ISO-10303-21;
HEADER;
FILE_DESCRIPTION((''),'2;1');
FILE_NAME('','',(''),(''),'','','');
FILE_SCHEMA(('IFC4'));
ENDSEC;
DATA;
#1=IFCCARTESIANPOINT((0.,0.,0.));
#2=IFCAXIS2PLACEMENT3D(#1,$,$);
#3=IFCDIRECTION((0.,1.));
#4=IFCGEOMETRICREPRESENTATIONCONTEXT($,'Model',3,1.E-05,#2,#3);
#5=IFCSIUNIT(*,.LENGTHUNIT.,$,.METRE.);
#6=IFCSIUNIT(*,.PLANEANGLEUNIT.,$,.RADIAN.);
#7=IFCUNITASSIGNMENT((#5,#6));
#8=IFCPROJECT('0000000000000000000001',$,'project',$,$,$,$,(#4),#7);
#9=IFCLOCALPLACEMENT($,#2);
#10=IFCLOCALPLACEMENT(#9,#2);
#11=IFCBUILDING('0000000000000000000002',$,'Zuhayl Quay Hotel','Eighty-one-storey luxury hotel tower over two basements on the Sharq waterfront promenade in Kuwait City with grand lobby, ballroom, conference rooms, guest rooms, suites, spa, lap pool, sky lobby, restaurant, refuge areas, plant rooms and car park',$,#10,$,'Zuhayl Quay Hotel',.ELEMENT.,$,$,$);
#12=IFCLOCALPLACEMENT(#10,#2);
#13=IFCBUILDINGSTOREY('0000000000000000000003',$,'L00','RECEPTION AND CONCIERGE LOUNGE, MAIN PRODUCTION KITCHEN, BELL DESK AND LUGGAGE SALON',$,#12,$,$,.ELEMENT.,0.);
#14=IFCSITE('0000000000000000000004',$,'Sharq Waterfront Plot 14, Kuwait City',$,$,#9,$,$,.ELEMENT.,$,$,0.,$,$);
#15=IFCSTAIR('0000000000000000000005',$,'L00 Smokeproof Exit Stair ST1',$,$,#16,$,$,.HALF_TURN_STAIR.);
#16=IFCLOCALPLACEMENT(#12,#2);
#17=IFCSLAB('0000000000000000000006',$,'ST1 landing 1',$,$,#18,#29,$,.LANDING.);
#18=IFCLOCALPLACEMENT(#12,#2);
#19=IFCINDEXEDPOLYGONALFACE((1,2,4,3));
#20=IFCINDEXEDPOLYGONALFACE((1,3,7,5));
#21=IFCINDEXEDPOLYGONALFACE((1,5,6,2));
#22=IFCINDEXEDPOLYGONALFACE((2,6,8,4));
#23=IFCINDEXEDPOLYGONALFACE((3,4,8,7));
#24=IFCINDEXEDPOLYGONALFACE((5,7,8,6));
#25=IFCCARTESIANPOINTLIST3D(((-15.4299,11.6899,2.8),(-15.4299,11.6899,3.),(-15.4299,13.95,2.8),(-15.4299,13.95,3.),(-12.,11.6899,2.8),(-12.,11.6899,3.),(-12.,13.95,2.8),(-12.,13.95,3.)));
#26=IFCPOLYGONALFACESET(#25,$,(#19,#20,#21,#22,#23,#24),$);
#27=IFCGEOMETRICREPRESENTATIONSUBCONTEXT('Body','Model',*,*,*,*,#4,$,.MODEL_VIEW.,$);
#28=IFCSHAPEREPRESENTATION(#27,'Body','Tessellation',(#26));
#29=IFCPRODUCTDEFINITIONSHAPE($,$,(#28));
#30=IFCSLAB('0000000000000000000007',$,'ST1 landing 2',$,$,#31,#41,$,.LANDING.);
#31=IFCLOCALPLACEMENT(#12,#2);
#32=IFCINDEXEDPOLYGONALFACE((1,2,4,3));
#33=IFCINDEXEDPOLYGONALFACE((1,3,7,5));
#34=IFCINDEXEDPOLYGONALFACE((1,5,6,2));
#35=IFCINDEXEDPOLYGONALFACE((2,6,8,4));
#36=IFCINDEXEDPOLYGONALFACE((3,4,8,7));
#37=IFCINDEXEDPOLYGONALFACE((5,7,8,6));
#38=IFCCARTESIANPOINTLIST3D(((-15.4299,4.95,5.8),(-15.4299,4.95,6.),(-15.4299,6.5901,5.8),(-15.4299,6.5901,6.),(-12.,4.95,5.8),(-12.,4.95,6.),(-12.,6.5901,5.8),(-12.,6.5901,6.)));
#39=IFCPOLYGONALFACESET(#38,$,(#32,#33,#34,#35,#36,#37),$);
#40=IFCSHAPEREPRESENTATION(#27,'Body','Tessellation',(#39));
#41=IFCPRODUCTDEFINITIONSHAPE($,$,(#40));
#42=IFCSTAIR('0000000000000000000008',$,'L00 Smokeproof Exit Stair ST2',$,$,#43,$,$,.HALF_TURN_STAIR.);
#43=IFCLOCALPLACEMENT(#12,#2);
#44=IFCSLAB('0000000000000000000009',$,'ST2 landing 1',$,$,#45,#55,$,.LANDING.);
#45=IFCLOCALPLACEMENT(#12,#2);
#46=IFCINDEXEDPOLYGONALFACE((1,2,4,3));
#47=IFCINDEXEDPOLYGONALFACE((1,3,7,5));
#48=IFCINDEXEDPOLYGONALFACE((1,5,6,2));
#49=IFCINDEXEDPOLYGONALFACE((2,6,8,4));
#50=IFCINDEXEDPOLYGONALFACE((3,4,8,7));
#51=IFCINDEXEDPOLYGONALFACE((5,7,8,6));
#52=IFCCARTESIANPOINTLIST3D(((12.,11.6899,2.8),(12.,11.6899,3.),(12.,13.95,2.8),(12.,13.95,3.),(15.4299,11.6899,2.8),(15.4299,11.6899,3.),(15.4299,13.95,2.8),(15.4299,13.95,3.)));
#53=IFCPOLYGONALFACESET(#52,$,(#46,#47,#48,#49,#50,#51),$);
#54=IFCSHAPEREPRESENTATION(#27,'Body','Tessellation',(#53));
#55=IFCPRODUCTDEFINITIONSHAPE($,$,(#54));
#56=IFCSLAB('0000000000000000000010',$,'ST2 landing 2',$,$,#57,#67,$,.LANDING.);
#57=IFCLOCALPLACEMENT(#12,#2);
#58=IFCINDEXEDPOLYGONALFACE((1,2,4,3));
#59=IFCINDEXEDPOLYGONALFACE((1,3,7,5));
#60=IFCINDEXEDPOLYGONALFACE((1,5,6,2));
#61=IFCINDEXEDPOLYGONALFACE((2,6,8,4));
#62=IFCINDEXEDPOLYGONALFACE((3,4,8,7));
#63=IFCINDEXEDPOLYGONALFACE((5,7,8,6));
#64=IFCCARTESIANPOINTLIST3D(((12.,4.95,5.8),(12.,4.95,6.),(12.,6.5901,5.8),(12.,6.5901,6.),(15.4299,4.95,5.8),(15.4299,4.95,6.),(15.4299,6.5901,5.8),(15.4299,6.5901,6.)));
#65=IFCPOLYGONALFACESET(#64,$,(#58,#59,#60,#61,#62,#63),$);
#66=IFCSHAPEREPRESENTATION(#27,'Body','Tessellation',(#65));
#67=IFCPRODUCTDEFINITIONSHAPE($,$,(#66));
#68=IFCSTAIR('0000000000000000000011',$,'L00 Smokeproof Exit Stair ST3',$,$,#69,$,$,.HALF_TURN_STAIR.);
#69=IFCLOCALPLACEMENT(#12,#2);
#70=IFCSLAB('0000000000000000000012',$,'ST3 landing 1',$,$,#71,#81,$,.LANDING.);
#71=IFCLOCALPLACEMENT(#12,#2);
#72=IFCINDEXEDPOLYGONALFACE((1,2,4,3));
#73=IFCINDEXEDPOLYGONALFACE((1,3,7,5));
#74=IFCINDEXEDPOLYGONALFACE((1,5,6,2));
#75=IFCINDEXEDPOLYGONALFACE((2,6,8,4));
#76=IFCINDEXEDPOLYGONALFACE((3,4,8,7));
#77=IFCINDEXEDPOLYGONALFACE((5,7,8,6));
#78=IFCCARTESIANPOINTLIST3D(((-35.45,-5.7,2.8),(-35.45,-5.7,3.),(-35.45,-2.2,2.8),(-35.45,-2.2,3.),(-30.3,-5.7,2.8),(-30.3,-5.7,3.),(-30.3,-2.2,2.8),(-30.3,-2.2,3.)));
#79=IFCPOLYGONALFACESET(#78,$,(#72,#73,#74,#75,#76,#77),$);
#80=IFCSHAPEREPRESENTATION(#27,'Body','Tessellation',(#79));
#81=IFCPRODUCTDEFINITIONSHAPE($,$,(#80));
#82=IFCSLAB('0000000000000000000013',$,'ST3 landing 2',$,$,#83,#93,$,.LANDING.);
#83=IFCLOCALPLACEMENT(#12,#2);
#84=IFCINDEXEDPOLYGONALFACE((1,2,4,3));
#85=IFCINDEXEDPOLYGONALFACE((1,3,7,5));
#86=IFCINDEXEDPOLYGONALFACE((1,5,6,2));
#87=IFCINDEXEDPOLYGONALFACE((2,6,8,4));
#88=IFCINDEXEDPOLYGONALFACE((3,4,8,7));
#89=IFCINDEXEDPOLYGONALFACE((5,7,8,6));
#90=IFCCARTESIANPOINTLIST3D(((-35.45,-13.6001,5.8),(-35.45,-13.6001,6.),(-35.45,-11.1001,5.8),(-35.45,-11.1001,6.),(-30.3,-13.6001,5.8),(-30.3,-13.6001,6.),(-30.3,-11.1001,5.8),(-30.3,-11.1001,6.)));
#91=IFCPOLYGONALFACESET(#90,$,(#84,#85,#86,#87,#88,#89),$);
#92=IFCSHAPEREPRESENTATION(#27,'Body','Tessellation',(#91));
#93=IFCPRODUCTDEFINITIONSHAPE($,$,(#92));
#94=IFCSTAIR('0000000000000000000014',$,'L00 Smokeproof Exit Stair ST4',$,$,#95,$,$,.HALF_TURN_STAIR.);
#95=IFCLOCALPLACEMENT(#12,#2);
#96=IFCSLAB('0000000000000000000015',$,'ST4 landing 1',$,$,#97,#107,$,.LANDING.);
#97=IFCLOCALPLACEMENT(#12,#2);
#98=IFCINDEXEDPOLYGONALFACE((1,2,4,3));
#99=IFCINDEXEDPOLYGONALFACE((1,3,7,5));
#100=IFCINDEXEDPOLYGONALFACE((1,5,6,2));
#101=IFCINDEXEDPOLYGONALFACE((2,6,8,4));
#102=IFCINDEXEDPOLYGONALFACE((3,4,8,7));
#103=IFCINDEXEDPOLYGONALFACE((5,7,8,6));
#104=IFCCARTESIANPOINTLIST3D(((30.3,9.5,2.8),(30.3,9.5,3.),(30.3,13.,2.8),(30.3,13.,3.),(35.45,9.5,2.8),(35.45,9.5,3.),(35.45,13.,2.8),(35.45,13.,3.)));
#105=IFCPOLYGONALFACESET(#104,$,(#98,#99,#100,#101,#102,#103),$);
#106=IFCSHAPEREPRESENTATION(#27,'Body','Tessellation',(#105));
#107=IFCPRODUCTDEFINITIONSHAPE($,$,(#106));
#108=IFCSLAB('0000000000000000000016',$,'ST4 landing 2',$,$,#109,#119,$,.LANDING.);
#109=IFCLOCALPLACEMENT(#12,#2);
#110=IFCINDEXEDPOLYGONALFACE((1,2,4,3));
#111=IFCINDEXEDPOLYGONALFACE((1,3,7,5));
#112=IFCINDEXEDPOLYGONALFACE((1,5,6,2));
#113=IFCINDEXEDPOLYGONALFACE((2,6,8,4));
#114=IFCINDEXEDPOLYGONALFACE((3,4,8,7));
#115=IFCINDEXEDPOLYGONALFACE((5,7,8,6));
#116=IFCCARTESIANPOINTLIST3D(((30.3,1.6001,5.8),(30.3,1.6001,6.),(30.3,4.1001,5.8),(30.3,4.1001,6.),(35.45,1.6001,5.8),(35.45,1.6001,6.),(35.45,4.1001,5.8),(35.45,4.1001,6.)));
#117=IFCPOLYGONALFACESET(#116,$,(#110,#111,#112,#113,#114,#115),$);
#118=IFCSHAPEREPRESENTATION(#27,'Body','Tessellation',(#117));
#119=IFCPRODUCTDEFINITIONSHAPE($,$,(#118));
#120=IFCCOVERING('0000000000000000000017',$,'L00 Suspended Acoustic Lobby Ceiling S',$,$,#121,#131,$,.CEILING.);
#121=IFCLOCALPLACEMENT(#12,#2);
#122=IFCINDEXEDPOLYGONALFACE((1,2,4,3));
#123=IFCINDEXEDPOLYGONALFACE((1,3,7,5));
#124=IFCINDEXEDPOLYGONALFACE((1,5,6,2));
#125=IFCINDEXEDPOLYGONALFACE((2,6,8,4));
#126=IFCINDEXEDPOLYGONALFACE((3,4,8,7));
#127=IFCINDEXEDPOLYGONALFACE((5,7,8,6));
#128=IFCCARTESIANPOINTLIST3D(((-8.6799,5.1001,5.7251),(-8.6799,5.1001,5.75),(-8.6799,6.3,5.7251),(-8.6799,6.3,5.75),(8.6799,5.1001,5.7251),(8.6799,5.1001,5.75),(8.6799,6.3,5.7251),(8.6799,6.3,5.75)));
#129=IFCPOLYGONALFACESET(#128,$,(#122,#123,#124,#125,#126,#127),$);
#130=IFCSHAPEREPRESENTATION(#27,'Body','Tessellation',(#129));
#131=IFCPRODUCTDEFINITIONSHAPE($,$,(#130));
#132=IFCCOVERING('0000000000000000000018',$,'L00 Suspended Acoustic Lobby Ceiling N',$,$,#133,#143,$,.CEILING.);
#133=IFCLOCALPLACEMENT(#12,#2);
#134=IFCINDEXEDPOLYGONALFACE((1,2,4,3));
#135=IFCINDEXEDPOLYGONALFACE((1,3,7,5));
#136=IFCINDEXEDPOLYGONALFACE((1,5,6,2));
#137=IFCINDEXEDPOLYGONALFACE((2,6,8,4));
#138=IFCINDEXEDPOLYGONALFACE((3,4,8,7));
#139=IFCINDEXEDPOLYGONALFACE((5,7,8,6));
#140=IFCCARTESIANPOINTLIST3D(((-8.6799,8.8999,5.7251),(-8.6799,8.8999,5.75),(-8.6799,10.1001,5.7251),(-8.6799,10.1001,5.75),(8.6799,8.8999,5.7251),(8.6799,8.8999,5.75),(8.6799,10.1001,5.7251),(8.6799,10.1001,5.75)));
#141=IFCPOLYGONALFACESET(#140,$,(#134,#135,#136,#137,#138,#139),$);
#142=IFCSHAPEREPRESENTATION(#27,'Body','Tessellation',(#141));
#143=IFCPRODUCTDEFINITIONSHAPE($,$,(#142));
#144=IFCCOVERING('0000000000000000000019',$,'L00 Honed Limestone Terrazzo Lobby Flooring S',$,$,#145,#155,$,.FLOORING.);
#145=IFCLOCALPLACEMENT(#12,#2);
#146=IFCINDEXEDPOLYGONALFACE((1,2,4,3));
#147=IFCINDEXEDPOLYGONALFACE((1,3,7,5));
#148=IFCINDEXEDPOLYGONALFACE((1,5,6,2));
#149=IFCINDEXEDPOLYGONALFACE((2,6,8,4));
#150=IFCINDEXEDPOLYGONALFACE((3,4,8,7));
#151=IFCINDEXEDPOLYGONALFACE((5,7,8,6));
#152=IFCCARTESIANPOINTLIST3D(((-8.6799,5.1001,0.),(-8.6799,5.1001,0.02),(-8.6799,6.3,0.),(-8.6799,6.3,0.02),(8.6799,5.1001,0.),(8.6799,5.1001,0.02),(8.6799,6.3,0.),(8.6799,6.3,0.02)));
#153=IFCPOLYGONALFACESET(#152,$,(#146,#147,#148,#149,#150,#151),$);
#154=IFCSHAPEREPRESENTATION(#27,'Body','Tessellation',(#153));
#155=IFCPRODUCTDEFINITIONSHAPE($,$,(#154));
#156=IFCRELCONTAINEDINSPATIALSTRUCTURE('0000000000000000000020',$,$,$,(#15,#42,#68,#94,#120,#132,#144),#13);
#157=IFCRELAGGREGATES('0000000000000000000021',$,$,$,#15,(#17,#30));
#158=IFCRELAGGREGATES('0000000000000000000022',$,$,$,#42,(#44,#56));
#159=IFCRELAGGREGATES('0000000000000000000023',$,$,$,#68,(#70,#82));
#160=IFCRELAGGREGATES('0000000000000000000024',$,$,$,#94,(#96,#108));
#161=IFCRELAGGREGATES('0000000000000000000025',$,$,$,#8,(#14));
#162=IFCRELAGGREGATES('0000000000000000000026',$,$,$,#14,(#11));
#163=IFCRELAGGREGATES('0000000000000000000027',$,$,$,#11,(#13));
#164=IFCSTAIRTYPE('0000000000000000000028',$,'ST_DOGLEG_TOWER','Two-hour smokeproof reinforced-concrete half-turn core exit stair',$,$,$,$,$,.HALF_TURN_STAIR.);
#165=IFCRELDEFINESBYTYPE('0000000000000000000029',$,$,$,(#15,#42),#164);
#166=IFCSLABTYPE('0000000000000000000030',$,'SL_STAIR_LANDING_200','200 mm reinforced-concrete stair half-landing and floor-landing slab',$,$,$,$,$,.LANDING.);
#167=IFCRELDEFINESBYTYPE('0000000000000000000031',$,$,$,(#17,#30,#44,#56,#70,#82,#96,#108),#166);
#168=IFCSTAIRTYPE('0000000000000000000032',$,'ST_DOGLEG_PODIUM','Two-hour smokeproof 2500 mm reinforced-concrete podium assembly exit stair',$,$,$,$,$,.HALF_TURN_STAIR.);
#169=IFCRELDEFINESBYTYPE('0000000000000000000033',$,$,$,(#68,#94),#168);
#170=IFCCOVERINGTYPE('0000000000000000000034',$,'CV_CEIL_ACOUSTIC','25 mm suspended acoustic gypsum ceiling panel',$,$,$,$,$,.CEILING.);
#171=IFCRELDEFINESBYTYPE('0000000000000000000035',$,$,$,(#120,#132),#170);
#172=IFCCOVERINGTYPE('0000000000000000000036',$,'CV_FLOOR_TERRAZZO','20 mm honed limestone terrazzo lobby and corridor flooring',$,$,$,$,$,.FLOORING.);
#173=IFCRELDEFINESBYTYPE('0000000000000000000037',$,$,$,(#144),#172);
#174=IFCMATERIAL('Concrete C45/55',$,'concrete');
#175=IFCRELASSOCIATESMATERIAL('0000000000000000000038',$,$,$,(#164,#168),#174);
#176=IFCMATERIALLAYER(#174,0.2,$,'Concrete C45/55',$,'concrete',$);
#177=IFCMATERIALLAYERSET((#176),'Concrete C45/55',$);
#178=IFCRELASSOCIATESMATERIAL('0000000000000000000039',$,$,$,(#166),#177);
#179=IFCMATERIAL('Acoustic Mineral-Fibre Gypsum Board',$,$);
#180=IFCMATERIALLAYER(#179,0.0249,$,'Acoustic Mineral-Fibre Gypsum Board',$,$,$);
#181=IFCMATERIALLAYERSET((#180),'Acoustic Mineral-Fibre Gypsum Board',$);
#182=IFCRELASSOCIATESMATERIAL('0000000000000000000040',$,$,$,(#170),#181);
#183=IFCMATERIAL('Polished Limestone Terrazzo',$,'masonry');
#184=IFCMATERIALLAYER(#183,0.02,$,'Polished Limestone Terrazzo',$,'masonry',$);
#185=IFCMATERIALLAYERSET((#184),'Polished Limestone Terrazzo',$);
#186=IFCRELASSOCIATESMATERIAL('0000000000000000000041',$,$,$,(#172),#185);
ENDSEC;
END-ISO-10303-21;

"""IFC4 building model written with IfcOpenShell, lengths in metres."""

from ifc_helpers import new_model, si_unit, direction, frame, origin, place, context, subcontext, project, spatial, polyline, outline, extrude, material, layer, layer_set, type_object, element, aggregate, save


model = new_model("IFC4")

# Units and contexts
model_context = context("Model", 3, precision=1e-05, world=origin(), true_north=direction((0.0, 1.0)))
body_context = subcontext(model_context, "Body", "Model", "MODEL_VIEW")
ifc_project = project(units=[si_unit("LENGTHUNIT", "METRE"), si_unit("PLANEANGLEUNIT", "RADIAN")], contexts=[model_context])

# Site, building, storey
site_placement = place(None, origin())
site = spatial("IfcSite", under=ifc_project, at=site_placement, Name="Sharq Waterfront Plot 14, Kuwait City", CompositionType="ELEMENT", RefElevation=0.0)
building_placement = place(site_placement, origin())
building = spatial("IfcBuilding", under=site, at=building_placement, Name="Zuhayl Quay Hotel", Description="Eighty-one-storey luxury hotel tower over two basements on the Sharq waterfront promenade in Kuwait City with grand lobby, ballroom, conference rooms, guest rooms, suites, spa, lap pool, sky lobby, restaurant, refuge areas, plant rooms and car park", LongName="Zuhayl Quay Hotel", CompositionType="ELEMENT")
storey_placement = place(building_placement, origin())
storey = spatial("IfcBuildingStorey", under=building, at=storey_placement, Name="L00", Description="RECEPTION AND CONCIERGE LOUNGE, MAIN PRODUCTION KITCHEN, BELL DESK AND LUGGAGE SALON", CompositionType="ELEMENT", Elevation=0.0)

# Shared definitions
ifc_material_1 = material(Name="Concrete C45/55", Category="concrete")

# Stairs, slabs
stair_type_1 = type_object("IfcStairType", Name="ST_DOGLEG_TOWER", Description="Two-hour smokeproof reinforced-concrete half-turn core exit stair", PredefinedType="HALF_TURN_STAIR", material=ifc_material_1)
stair_1_placement = place(storey_placement, origin())
stair_1 = element("IfcStair", 1, at=stair_1_placement, inside=storey, type_object=stair_type_1, Name="L00 Smokeproof Exit Stair ST1", PredefinedType="HALF_TURN_STAIR")
ifc_layer_1 = layer(ifc_material_1, 0.2, Name="Concrete C45/55", Category="concrete")
ifc_layer_set_1 = layer_set([ifc_layer_1], Name="Concrete C45/55")
slab_type_1 = type_object("IfcSlabType", Name="SL_STAIR_LANDING_200", Description="200 mm reinforced-concrete stair half-landing and floor-landing slab", PredefinedType="LANDING", material=ifc_layer_set_1)
slab_1_placement = place(storey_placement, frame((0.0, 0.0, 2.8)))
slab_1 = element("IfcSlab", 2, at=slab_1_placement, type_object=slab_type_1, Name="ST1 landing 1", PredefinedType="LANDING", context=body_context, shape_type="SweptSolid", body=[
    extrude(outline(polyline([(-12.0, 11.6899), (-12.0, 13.95), (-15.4299, 13.95), (-15.4299, 11.6899), (-12.0, 11.6899)])), origin(), (0.0, 0.0, 1.0), 0.2),
])
slab_2_placement = place(storey_placement, frame((0.0, 0.0, 5.8)))
slab_2 = element("IfcSlab", 3, at=slab_2_placement, type_object=slab_type_1, Name="ST1 landing 2", PredefinedType="LANDING", context=body_context, shape_type="SweptSolid", body=[
    extrude(outline(polyline([(-12.0, 4.95), (-12.0, 6.5901), (-15.4299, 6.5901), (-15.4299, 4.95), (-12.0, 4.95)])), origin(), (0.0, 0.0, 1.0), 0.2),
])
aggregate(stair_1, [slab_1, slab_2])
stair_2_placement = place(storey_placement, origin())
stair_2 = element("IfcStair", 4, at=stair_2_placement, inside=storey, type_object=stair_type_1, Name="L00 Smokeproof Exit Stair ST2", PredefinedType="HALF_TURN_STAIR")
slab_3_placement = place(storey_placement, frame((0.0, 0.0, 2.8)))
slab_3 = element("IfcSlab", 5, at=slab_3_placement, type_object=slab_type_1, Name="ST2 landing 1", PredefinedType="LANDING", context=body_context, shape_type="SweptSolid", body=[
    extrude(outline(polyline([(15.4299, 11.6899), (15.4299, 13.95), (12.0, 13.95), (12.0, 11.6899), (15.4299, 11.6899)])), origin(), (0.0, 0.0, 1.0), 0.2),
])
slab_4_placement = place(storey_placement, frame((0.0, 0.0, 5.8)))
slab_4 = element("IfcSlab", 6, at=slab_4_placement, type_object=slab_type_1, Name="ST2 landing 2", PredefinedType="LANDING", context=body_context, shape_type="SweptSolid", body=[
    extrude(outline(polyline([(15.4299, 4.95), (15.4299, 6.5901), (12.0, 6.5901), (12.0, 4.95), (15.4299, 4.95)])), origin(), (0.0, 0.0, 1.0), 0.2),
])
aggregate(stair_2, [slab_3, slab_4])
stair_type_2 = type_object("IfcStairType", Name="ST_DOGLEG_PODIUM", Description="Two-hour smokeproof 2500 mm reinforced-concrete podium assembly exit stair", PredefinedType="HALF_TURN_STAIR", material=ifc_material_1)
stair_3_placement = place(storey_placement, origin())
stair_3 = element("IfcStair", 7, at=stair_3_placement, inside=storey, type_object=stair_type_2, Name="L00 Smokeproof Exit Stair ST3", PredefinedType="HALF_TURN_STAIR")
slab_5_placement = place(storey_placement, frame((0.0, 0.0, 2.8)))
slab_5 = element("IfcSlab", 8, at=slab_5_placement, type_object=slab_type_1, Name="ST3 landing 1", PredefinedType="LANDING", context=body_context, shape_type="SweptSolid", body=[
    extrude(outline(polyline([(-30.3, -5.7), (-30.3, -2.2), (-35.45, -2.2), (-35.45, -5.7), (-30.3, -5.7)])), origin(), (0.0, 0.0, 1.0), 0.2),
])
slab_6_placement = place(storey_placement, frame((0.0, 0.0, 5.8)))
slab_6 = element("IfcSlab", 9, at=slab_6_placement, type_object=slab_type_1, Name="ST3 landing 2", PredefinedType="LANDING", context=body_context, shape_type="SweptSolid", body=[
    extrude(outline(polyline([(-30.3, -13.6001), (-30.3, -11.1001), (-35.45, -11.1001), (-35.45, -13.6001), (-30.3, -13.6001)])), origin(), (0.0, 0.0, 1.0), 0.2),
])
aggregate(stair_3, [slab_5, slab_6])
stair_4_placement = place(storey_placement, origin())
stair_4 = element("IfcStair", 10, at=stair_4_placement, inside=storey, type_object=stair_type_2, Name="L00 Smokeproof Exit Stair ST4", PredefinedType="HALF_TURN_STAIR")
slab_7_placement = place(storey_placement, frame((0.0, 0.0, 2.8)))
slab_7 = element("IfcSlab", 11, at=slab_7_placement, type_object=slab_type_1, Name="ST4 landing 1", PredefinedType="LANDING", context=body_context, shape_type="SweptSolid", body=[
    extrude(outline(polyline([(35.45, 9.5), (35.45, 13.0), (30.3, 13.0), (30.3, 9.5), (35.45, 9.5)])), origin(), (0.0, 0.0, 1.0), 0.2),
])
slab_8_placement = place(storey_placement, frame((0.0, 0.0, 5.8)))
slab_8 = element("IfcSlab", 12, at=slab_8_placement, type_object=slab_type_1, Name="ST4 landing 2", PredefinedType="LANDING", context=body_context, shape_type="SweptSolid", body=[
    extrude(outline(polyline([(35.45, 1.6001), (35.45, 4.1001), (30.3, 4.1001), (30.3, 1.6001), (35.45, 1.6001)])), origin(), (0.0, 0.0, 1.0), 0.2),
])
aggregate(stair_4, [slab_7, slab_8])

# Coverings
ifc_material_2 = material(Name="Acoustic Mineral-Fibre Gypsum Board")
ifc_layer_2 = layer(ifc_material_2, 0.0249, Name="Acoustic Mineral-Fibre Gypsum Board")
ifc_layer_set_2 = layer_set([ifc_layer_2], Name="Acoustic Mineral-Fibre Gypsum Board")
covering_type_1 = type_object("IfcCoveringType", Name="CV_CEIL_ACOUSTIC", Description="25 mm suspended acoustic gypsum ceiling panel", PredefinedType="CEILING", material=ifc_layer_set_2)
covering_1_placement = place(storey_placement, frame((0.0, 0.0, 5.7251)))
element("IfcCovering", 13, at=covering_1_placement, inside=storey, type_object=covering_type_1, Name="L00 Suspended Acoustic Lobby Ceiling S", PredefinedType="CEILING", context=body_context, shape_type="SweptSolid", body=[
    extrude(outline(polyline([(-8.6799, 5.1001), (8.6799, 5.1001), (8.6799, 6.3), (-8.6799, 6.3), (-8.6799, 5.1001)])), origin(), (0.0, 0.0, 1.0), 0.0249),
])
covering_2_placement = place(storey_placement, frame((0.0, 0.0, 5.7251)))
element("IfcCovering", 14, at=covering_2_placement, inside=storey, type_object=covering_type_1, Name="L00 Suspended Acoustic Lobby Ceiling N", PredefinedType="CEILING", context=body_context, shape_type="SweptSolid", body=[
    extrude(outline(polyline([(-8.6799, 8.8999), (8.6799, 8.8999), (8.6799, 10.1001), (-8.6799, 10.1001), (-8.6799, 8.8999)])), origin(), (0.0, 0.0, 1.0), 0.0249),
])
ifc_material_3 = material(Name="Polished Limestone Terrazzo", Category="masonry")
ifc_layer_3 = layer(ifc_material_3, 0.02, Name="Polished Limestone Terrazzo", Category="masonry")
ifc_layer_set_3 = layer_set([ifc_layer_3], Name="Polished Limestone Terrazzo")
covering_type_2 = type_object("IfcCoveringType", Name="CV_FLOOR_TERRAZZO", Description="20 mm honed limestone terrazzo lobby and corridor flooring", PredefinedType="FLOORING", material=ifc_layer_set_3)
covering_3_placement = place(storey_placement, origin())
element("IfcCovering", 15, at=covering_3_placement, inside=storey, type_object=covering_type_2, Name="L00 Honed Limestone Terrazzo Lobby Flooring S", PredefinedType="FLOORING", context=body_context, shape_type="SweptSolid", body=[
    extrude(outline(polyline([(-8.6799, 5.1001), (8.6799, 5.1001), (8.6799, 6.3), (-8.6799, 6.3), (-8.6799, 5.1001)])), origin(), (0.0, 0.0, 1.0), 0.02),
])

save(model, "model.ifc")
